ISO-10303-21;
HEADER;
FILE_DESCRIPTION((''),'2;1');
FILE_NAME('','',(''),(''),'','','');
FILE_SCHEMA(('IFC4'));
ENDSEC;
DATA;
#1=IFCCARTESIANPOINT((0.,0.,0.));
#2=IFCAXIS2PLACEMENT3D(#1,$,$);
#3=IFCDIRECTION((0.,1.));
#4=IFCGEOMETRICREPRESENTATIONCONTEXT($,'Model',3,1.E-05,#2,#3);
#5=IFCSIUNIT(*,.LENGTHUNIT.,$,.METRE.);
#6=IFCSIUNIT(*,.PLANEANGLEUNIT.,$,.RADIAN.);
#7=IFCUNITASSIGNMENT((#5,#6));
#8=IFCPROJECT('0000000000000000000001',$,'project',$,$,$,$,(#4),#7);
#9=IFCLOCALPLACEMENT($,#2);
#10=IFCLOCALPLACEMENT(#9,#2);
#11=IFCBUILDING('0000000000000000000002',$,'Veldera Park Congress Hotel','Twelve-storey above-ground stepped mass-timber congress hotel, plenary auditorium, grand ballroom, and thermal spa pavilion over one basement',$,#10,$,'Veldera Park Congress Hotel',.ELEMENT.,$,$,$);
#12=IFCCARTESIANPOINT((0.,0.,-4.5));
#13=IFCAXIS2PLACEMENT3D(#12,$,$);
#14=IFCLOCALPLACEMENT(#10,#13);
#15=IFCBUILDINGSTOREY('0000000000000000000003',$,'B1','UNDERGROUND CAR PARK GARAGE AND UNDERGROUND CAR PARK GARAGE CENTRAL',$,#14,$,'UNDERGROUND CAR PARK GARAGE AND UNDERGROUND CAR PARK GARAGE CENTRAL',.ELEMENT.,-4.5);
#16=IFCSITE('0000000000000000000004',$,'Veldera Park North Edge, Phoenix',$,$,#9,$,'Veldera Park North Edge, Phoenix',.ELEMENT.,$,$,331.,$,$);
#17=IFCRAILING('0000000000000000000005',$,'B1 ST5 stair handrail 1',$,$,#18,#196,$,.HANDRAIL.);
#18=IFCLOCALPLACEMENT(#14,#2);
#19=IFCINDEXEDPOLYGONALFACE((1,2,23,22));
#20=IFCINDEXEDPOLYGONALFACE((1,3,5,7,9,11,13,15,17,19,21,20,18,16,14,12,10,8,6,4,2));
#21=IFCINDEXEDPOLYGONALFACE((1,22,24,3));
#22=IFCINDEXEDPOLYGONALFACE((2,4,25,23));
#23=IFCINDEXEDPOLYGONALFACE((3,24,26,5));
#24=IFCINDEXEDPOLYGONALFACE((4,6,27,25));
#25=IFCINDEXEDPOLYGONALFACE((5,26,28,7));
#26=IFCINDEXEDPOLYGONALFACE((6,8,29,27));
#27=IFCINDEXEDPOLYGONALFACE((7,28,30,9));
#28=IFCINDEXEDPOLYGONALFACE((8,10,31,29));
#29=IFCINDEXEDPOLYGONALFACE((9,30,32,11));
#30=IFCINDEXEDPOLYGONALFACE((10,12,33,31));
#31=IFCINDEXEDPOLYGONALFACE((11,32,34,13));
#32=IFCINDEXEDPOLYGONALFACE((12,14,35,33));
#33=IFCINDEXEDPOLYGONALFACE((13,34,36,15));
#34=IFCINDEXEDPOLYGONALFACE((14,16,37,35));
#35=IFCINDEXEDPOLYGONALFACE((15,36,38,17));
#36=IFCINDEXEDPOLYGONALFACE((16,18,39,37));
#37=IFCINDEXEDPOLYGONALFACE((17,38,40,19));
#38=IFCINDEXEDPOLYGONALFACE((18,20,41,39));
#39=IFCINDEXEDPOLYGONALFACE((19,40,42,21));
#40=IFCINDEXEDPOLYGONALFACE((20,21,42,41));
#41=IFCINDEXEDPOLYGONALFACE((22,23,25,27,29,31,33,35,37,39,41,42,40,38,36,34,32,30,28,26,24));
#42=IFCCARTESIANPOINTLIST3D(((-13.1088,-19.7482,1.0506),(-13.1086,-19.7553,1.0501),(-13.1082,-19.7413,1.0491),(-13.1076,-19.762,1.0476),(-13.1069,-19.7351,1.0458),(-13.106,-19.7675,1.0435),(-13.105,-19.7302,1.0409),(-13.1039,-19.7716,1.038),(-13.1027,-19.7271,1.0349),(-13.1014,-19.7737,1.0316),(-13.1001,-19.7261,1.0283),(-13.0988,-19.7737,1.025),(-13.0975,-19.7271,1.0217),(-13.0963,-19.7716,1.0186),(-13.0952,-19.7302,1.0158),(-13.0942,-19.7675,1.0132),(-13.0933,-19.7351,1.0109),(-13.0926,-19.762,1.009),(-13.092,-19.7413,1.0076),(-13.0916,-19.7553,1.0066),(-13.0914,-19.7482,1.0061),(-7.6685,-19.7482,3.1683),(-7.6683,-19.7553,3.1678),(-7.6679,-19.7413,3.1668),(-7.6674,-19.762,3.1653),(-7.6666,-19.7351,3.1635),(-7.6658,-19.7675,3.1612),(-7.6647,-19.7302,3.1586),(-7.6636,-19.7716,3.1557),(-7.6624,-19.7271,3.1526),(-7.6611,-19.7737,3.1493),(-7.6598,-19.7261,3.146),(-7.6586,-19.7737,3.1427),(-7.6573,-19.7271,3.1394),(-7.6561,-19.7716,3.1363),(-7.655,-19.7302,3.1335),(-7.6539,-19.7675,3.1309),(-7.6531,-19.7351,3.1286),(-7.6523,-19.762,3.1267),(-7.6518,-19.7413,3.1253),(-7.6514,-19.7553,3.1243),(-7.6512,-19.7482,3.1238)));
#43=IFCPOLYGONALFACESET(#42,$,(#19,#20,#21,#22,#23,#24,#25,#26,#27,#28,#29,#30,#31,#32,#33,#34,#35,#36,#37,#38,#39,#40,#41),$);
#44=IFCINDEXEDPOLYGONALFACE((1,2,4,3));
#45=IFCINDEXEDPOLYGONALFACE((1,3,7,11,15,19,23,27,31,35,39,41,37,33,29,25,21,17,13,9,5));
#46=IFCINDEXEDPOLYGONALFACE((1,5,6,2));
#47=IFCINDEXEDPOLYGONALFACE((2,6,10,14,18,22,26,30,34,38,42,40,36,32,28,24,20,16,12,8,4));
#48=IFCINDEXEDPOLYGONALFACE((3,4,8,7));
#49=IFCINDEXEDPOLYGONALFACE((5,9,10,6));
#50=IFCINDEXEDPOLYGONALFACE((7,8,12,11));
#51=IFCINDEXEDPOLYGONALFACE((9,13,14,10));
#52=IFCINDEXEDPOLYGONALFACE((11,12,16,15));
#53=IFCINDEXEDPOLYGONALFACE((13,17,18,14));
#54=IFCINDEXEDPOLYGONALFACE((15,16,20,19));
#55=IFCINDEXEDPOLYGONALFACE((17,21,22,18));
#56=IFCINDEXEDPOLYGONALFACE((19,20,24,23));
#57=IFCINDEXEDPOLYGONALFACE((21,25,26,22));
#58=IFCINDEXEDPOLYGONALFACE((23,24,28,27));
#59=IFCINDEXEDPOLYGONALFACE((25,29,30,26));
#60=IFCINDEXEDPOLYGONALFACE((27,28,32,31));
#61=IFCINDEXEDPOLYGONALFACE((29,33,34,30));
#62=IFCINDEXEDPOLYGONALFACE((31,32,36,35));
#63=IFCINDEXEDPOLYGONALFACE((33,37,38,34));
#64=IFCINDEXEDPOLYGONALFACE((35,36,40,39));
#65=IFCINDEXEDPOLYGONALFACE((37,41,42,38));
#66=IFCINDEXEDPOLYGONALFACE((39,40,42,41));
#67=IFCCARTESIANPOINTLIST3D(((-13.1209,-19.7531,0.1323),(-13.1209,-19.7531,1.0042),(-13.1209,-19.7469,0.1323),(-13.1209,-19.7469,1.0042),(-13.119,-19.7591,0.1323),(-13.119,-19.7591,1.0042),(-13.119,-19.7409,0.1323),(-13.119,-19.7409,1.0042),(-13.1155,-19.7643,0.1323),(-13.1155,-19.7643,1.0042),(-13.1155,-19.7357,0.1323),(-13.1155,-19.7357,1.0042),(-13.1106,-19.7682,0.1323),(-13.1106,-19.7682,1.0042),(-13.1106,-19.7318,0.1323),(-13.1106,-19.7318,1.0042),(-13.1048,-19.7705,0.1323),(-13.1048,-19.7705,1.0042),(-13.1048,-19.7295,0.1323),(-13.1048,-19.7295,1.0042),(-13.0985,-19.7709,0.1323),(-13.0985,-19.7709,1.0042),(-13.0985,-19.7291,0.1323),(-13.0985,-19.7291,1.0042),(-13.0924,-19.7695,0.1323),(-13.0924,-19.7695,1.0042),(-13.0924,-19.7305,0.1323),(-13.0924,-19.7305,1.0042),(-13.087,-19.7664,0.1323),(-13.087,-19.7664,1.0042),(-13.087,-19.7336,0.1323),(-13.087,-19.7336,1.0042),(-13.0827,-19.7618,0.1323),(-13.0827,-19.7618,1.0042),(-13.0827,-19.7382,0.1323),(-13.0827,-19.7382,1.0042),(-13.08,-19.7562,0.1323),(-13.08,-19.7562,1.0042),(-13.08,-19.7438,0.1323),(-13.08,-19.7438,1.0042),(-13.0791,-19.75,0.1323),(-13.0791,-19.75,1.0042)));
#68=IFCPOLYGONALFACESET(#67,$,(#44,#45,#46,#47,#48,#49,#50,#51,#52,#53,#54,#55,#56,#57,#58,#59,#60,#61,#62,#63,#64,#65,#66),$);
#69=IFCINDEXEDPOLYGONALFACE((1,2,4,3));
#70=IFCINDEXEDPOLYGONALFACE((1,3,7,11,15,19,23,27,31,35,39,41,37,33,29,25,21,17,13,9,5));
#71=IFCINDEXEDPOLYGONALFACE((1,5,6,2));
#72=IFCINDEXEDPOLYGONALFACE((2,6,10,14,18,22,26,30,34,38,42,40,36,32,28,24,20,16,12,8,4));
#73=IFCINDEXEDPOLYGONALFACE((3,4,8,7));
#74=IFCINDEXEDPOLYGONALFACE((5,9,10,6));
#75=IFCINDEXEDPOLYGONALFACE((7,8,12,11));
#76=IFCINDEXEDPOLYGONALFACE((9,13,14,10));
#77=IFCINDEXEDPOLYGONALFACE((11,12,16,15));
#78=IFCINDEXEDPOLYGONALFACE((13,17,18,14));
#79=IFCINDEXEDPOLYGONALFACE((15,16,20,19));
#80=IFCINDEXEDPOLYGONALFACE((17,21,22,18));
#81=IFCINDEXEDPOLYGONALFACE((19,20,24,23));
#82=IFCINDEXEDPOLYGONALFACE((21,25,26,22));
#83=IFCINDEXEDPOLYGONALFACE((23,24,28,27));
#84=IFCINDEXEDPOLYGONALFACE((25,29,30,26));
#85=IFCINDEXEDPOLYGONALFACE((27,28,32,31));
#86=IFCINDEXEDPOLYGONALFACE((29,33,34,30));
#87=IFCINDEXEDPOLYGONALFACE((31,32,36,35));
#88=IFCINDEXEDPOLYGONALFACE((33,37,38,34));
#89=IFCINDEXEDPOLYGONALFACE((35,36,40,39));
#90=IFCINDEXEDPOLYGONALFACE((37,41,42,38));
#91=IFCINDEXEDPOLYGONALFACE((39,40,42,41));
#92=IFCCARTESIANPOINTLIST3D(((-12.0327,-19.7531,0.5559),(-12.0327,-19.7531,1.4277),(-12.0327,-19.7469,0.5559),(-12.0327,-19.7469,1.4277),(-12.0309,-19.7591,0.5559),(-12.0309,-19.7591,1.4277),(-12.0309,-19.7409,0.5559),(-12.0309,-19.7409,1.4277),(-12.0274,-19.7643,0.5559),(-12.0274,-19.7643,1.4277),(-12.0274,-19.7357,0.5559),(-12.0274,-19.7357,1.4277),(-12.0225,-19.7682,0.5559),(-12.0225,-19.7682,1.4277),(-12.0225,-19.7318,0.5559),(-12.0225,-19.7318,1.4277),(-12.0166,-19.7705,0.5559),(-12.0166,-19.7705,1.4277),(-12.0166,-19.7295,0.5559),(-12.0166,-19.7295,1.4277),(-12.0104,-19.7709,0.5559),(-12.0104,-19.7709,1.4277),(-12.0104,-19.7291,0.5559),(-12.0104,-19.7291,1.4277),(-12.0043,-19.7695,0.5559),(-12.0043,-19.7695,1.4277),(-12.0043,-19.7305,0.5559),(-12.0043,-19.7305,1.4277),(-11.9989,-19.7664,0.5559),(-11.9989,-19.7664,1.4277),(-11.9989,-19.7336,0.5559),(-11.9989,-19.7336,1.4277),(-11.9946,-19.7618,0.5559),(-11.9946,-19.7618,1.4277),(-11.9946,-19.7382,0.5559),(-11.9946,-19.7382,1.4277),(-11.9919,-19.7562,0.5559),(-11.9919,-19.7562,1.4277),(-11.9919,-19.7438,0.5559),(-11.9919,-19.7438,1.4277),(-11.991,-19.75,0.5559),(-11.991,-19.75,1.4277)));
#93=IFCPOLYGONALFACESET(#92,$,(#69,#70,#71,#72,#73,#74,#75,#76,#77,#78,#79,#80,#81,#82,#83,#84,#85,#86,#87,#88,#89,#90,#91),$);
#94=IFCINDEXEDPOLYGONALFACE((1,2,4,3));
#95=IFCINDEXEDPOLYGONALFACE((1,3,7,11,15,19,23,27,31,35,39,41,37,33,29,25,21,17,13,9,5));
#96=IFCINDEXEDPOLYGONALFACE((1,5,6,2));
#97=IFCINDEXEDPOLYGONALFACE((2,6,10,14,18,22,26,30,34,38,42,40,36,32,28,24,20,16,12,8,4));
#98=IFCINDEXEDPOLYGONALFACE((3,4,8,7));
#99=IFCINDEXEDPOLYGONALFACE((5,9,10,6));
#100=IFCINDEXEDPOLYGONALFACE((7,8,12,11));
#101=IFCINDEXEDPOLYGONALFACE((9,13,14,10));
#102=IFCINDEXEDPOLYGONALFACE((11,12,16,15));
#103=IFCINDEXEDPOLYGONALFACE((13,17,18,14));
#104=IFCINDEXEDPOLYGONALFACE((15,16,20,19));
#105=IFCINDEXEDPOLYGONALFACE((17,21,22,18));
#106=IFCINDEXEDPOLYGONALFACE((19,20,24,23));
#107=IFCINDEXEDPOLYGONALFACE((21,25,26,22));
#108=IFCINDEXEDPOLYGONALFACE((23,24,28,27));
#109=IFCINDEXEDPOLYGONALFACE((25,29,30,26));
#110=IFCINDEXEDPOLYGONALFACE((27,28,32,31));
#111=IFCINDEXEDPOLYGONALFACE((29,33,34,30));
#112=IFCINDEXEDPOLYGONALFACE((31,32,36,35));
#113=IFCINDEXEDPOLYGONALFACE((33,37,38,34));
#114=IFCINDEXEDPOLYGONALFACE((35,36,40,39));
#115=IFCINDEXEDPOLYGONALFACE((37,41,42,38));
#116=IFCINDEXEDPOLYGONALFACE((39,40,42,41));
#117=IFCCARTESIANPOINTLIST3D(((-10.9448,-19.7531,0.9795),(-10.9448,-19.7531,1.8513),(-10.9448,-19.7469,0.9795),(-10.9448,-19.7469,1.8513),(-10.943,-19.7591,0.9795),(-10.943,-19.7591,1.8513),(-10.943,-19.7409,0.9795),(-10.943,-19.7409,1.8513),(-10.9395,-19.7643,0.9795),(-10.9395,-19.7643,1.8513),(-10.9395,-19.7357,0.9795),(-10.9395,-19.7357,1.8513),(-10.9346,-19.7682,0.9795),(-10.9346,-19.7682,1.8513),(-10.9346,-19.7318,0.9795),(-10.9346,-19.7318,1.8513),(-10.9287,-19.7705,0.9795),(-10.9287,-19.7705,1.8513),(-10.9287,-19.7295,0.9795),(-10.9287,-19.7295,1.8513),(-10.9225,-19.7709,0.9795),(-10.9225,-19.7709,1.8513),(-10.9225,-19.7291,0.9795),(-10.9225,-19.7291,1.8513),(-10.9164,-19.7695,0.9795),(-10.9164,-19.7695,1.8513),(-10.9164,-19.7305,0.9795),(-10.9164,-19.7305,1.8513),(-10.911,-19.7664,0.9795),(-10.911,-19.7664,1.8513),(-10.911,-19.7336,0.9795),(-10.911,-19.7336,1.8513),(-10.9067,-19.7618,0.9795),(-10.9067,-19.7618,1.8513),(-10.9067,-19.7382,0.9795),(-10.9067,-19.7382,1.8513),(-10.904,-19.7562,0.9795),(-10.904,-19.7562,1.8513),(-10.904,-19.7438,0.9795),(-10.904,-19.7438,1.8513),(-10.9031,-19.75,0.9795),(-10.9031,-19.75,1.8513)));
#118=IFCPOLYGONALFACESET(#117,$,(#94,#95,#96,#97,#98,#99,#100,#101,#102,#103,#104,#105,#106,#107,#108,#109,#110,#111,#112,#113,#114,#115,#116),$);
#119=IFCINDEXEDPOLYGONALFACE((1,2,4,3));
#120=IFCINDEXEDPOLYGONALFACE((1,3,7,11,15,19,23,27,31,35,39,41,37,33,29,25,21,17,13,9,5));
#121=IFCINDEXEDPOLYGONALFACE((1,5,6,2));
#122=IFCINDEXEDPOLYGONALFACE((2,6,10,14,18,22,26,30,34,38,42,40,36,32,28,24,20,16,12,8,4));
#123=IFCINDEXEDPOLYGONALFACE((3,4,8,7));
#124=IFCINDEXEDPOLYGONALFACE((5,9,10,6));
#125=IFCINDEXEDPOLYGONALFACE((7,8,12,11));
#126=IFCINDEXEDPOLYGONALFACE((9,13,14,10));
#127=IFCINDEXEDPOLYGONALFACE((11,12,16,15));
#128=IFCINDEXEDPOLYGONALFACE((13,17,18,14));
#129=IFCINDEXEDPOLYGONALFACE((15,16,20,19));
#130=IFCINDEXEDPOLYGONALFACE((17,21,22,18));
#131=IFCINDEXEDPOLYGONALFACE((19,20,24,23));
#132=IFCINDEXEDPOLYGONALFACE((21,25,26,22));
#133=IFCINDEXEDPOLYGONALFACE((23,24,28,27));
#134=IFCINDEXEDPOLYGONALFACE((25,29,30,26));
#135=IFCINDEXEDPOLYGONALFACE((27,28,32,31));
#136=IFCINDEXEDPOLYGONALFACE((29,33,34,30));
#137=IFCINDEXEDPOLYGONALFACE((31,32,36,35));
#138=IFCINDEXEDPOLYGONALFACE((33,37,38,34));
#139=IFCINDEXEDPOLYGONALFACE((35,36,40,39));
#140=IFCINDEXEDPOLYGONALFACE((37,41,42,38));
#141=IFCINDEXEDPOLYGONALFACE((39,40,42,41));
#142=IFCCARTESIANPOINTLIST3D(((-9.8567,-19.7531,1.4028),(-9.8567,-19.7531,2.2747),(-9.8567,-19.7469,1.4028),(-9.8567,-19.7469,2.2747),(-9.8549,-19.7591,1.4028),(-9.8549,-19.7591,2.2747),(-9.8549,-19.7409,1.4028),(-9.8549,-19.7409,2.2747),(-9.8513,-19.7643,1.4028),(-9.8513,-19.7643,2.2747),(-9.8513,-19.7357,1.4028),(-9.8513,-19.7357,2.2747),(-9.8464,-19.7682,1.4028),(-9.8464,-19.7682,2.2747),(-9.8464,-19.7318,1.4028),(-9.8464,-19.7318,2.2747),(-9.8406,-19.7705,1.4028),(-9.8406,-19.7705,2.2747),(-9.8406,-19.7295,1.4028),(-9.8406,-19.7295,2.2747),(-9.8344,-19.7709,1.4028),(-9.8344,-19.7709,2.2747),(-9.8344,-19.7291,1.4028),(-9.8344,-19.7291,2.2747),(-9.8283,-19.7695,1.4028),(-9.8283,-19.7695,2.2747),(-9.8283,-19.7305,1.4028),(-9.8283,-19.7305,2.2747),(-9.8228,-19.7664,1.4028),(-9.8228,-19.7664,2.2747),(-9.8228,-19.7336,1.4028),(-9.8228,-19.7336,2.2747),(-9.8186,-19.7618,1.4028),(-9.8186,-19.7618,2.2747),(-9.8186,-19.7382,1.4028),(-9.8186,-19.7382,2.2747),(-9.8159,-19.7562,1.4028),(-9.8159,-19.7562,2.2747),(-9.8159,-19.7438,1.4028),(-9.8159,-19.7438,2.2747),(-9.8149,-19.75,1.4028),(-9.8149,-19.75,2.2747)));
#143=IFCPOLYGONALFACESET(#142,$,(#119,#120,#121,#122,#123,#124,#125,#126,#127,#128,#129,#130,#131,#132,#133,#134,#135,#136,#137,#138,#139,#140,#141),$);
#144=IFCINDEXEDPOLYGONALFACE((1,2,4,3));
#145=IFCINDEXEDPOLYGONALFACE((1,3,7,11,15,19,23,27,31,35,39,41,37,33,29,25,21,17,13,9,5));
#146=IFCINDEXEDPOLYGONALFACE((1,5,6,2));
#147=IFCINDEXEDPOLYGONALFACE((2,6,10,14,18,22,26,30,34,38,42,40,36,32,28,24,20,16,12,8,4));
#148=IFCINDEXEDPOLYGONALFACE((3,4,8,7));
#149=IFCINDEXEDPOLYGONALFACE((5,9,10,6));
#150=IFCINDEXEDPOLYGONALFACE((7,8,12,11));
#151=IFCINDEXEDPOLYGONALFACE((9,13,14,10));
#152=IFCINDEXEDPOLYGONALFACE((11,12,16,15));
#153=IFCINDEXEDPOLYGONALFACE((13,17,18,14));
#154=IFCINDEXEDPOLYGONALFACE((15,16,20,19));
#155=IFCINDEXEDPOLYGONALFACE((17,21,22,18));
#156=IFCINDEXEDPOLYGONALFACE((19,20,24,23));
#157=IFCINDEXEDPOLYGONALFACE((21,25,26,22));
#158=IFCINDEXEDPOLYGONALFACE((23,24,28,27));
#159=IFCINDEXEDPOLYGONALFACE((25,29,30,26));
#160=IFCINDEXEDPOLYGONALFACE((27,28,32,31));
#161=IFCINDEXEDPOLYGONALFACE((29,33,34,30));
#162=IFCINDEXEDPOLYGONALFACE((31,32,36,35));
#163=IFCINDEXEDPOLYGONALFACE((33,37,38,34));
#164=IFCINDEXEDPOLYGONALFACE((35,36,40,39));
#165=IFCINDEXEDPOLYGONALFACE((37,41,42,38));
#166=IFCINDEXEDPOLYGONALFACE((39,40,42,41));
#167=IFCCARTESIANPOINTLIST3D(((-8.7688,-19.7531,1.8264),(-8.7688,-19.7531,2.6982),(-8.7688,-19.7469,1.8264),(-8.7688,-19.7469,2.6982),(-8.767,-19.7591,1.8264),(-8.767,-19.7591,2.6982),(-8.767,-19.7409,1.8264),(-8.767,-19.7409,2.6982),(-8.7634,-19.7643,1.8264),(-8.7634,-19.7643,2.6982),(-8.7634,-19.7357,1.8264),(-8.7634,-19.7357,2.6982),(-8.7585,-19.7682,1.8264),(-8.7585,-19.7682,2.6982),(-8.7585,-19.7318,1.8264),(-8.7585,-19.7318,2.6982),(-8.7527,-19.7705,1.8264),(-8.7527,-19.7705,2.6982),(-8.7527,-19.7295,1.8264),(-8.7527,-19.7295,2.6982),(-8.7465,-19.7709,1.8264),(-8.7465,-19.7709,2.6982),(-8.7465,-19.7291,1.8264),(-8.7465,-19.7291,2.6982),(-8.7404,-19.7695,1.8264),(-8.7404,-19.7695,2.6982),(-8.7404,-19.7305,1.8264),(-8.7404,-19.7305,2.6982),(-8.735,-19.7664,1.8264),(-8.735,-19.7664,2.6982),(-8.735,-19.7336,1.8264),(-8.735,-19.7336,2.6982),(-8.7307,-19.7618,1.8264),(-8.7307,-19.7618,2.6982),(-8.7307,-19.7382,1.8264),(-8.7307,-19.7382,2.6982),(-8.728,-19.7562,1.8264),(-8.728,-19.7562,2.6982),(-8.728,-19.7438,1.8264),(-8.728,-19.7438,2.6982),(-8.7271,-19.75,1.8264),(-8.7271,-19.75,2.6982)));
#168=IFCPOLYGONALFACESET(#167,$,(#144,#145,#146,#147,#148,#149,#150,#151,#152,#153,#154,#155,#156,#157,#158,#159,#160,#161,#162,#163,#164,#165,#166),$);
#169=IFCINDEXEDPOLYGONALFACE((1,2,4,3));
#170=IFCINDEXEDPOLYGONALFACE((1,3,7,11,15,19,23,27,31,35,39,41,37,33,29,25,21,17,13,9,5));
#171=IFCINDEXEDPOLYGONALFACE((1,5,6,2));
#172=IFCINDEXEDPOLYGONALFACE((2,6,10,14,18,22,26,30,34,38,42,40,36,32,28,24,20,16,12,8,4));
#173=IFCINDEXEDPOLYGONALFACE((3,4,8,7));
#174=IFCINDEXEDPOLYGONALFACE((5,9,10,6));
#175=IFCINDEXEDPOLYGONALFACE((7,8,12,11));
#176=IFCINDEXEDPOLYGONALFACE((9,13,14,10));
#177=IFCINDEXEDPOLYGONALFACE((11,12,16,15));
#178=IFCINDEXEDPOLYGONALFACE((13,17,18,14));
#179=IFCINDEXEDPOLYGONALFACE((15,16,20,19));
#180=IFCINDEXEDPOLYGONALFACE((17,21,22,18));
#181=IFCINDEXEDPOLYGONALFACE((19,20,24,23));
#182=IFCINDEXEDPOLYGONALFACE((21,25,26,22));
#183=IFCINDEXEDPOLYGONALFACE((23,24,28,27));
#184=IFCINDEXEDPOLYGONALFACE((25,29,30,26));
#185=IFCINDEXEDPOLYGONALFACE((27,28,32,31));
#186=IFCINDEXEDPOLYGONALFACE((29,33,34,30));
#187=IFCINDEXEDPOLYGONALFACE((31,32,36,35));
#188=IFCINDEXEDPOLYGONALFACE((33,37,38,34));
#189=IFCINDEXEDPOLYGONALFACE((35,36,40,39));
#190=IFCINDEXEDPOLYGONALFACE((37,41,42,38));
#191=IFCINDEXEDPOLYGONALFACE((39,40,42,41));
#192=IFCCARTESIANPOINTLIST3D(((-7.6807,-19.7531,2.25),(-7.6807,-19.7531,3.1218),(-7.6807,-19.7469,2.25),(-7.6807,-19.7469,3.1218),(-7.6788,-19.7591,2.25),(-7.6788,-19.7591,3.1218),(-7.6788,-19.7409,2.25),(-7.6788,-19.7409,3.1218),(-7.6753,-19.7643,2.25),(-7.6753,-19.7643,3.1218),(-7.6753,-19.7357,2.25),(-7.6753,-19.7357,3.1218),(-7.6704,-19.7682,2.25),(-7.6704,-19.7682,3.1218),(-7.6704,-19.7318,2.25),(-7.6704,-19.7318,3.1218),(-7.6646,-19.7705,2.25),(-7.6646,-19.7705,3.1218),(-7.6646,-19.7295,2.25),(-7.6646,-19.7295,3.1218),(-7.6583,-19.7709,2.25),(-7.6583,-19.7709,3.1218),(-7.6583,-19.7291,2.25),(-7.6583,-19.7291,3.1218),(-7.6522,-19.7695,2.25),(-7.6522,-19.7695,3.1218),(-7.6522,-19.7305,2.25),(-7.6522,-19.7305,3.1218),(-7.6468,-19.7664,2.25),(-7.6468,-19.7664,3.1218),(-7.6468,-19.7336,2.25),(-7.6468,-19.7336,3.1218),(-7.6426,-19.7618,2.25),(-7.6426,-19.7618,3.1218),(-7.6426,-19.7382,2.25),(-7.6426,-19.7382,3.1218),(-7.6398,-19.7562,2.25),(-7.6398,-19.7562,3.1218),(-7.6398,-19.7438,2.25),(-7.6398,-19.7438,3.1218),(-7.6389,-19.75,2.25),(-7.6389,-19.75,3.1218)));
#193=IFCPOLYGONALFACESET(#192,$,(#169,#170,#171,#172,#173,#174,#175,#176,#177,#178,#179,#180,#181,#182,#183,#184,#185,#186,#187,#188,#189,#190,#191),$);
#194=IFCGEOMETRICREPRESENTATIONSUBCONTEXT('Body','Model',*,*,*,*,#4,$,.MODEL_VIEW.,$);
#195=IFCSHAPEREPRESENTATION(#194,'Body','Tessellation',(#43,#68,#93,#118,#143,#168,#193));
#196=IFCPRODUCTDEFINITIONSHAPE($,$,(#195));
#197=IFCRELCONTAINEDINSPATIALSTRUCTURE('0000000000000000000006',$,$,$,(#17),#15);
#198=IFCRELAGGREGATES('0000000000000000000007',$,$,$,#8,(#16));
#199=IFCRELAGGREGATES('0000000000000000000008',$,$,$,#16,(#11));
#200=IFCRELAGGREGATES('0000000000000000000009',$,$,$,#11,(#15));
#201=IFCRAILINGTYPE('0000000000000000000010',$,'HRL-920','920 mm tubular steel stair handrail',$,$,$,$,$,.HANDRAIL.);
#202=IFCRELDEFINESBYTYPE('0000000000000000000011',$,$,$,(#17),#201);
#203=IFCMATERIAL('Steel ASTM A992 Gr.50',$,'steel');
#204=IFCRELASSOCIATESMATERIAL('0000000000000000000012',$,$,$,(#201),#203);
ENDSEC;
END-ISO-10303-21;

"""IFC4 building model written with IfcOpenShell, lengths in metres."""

from ifc_helpers import new_model, si_unit, direction, frame, origin, origin_2d, place, context, subcontext, project, spatial, circle, extrude, material, type_object, element, save


model = new_model("IFC4")

# Units and contexts
model_context = context("Model", 3, precision=1e-05, world=origin(), true_north=direction((0.0, 1.0)))
body_context = subcontext(model_context, "Body", "Model", "MODEL_VIEW")
ifc_project = project(units=[si_unit("LENGTHUNIT", "METRE"), si_unit("PLANEANGLEUNIT", "RADIAN")], contexts=[model_context])

# Site, building, storey
site_placement = place(None, origin())
site = spatial("IfcSite", under=ifc_project, at=site_placement, Name="Veldera Park North Edge, Phoenix", LongName="Veldera Park North Edge, Phoenix", CompositionType="ELEMENT", RefElevation=331.0)
building_placement = place(site_placement, origin())
building = spatial("IfcBuilding", under=site, at=building_placement, Name="Veldera Park Congress Hotel", Description="Twelve-storey above-ground stepped mass-timber congress hotel, plenary auditorium, grand ballroom, and thermal spa pavilion over one basement", LongName="Veldera Park Congress Hotel", CompositionType="ELEMENT")
storey_placement = place(building_placement, frame((0.0, 0.0, -4.5)))
storey = spatial("IfcBuildingStorey", under=building, at=storey_placement, Name="B1", Description="UNDERGROUND CAR PARK GARAGE AND UNDERGROUND CAR PARK GARAGE CENTRAL", LongName="UNDERGROUND CAR PARK GARAGE AND UNDERGROUND CAR PARK GARAGE CENTRAL", CompositionType="ELEMENT", Elevation=-4.5)

# Railing
ifc_material_1 = material(Name="Steel ASTM A992 Gr.50", Category="steel")
railing_type = type_object("IfcRailingType", Name="HRL-920", Description="920 mm tubular steel stair handrail", PredefinedType="HANDRAIL", material=ifc_material_1)
railing_placement = place(storey_placement, frame((-13.1001, -19.75, 0.1323)))
element("IfcRailing", 1, at=railing_placement, inside=storey, type_object=railing_type, Name="B1 ST5 stair handrail 1", PredefinedType="HANDRAIL", context=body_context, shape_type="SweptSolid", body=[
    extrude(circle(Radius=0.0239, at=origin_2d()), frame((0.0, 0.0, 0.896), z_axis=(0.931886, 0.0, 0.362751), x_axis=(0.0, 1.0, 0.0)), (0.0, 0.0, 1.0), 5.8379),
    extrude(circle(Radius=0.021, at=origin_2d()), origin(), (0.0, 0.0, 1.0), 0.8718),
    extrude(circle(Radius=0.021, at=origin_2d()), frame((1.0881, 0.0, 0.4236)), (0.0, 0.0, 1.0), 0.8718),
    extrude(circle(Radius=0.021, at=origin_2d()), frame((2.176, 0.0, 0.8472)), (0.0, 0.0, 1.0), 0.8718),
    extrude(circle(Radius=0.021, at=origin_2d()), frame((3.2642, 0.0, 1.2705)), (0.0, 0.0, 1.0), 0.8718),
    extrude(circle(Radius=0.021, at=origin_2d()), frame((4.3521, 0.0, 1.6941)), (0.0, 0.0, 1.0), 0.8718),
    extrude(circle(Radius=0.021, at=origin_2d()), frame((5.4402, 0.0, 2.1177)), (0.0, 0.0, 1.0), 0.8718),
])

save(model, "model.ifc")
